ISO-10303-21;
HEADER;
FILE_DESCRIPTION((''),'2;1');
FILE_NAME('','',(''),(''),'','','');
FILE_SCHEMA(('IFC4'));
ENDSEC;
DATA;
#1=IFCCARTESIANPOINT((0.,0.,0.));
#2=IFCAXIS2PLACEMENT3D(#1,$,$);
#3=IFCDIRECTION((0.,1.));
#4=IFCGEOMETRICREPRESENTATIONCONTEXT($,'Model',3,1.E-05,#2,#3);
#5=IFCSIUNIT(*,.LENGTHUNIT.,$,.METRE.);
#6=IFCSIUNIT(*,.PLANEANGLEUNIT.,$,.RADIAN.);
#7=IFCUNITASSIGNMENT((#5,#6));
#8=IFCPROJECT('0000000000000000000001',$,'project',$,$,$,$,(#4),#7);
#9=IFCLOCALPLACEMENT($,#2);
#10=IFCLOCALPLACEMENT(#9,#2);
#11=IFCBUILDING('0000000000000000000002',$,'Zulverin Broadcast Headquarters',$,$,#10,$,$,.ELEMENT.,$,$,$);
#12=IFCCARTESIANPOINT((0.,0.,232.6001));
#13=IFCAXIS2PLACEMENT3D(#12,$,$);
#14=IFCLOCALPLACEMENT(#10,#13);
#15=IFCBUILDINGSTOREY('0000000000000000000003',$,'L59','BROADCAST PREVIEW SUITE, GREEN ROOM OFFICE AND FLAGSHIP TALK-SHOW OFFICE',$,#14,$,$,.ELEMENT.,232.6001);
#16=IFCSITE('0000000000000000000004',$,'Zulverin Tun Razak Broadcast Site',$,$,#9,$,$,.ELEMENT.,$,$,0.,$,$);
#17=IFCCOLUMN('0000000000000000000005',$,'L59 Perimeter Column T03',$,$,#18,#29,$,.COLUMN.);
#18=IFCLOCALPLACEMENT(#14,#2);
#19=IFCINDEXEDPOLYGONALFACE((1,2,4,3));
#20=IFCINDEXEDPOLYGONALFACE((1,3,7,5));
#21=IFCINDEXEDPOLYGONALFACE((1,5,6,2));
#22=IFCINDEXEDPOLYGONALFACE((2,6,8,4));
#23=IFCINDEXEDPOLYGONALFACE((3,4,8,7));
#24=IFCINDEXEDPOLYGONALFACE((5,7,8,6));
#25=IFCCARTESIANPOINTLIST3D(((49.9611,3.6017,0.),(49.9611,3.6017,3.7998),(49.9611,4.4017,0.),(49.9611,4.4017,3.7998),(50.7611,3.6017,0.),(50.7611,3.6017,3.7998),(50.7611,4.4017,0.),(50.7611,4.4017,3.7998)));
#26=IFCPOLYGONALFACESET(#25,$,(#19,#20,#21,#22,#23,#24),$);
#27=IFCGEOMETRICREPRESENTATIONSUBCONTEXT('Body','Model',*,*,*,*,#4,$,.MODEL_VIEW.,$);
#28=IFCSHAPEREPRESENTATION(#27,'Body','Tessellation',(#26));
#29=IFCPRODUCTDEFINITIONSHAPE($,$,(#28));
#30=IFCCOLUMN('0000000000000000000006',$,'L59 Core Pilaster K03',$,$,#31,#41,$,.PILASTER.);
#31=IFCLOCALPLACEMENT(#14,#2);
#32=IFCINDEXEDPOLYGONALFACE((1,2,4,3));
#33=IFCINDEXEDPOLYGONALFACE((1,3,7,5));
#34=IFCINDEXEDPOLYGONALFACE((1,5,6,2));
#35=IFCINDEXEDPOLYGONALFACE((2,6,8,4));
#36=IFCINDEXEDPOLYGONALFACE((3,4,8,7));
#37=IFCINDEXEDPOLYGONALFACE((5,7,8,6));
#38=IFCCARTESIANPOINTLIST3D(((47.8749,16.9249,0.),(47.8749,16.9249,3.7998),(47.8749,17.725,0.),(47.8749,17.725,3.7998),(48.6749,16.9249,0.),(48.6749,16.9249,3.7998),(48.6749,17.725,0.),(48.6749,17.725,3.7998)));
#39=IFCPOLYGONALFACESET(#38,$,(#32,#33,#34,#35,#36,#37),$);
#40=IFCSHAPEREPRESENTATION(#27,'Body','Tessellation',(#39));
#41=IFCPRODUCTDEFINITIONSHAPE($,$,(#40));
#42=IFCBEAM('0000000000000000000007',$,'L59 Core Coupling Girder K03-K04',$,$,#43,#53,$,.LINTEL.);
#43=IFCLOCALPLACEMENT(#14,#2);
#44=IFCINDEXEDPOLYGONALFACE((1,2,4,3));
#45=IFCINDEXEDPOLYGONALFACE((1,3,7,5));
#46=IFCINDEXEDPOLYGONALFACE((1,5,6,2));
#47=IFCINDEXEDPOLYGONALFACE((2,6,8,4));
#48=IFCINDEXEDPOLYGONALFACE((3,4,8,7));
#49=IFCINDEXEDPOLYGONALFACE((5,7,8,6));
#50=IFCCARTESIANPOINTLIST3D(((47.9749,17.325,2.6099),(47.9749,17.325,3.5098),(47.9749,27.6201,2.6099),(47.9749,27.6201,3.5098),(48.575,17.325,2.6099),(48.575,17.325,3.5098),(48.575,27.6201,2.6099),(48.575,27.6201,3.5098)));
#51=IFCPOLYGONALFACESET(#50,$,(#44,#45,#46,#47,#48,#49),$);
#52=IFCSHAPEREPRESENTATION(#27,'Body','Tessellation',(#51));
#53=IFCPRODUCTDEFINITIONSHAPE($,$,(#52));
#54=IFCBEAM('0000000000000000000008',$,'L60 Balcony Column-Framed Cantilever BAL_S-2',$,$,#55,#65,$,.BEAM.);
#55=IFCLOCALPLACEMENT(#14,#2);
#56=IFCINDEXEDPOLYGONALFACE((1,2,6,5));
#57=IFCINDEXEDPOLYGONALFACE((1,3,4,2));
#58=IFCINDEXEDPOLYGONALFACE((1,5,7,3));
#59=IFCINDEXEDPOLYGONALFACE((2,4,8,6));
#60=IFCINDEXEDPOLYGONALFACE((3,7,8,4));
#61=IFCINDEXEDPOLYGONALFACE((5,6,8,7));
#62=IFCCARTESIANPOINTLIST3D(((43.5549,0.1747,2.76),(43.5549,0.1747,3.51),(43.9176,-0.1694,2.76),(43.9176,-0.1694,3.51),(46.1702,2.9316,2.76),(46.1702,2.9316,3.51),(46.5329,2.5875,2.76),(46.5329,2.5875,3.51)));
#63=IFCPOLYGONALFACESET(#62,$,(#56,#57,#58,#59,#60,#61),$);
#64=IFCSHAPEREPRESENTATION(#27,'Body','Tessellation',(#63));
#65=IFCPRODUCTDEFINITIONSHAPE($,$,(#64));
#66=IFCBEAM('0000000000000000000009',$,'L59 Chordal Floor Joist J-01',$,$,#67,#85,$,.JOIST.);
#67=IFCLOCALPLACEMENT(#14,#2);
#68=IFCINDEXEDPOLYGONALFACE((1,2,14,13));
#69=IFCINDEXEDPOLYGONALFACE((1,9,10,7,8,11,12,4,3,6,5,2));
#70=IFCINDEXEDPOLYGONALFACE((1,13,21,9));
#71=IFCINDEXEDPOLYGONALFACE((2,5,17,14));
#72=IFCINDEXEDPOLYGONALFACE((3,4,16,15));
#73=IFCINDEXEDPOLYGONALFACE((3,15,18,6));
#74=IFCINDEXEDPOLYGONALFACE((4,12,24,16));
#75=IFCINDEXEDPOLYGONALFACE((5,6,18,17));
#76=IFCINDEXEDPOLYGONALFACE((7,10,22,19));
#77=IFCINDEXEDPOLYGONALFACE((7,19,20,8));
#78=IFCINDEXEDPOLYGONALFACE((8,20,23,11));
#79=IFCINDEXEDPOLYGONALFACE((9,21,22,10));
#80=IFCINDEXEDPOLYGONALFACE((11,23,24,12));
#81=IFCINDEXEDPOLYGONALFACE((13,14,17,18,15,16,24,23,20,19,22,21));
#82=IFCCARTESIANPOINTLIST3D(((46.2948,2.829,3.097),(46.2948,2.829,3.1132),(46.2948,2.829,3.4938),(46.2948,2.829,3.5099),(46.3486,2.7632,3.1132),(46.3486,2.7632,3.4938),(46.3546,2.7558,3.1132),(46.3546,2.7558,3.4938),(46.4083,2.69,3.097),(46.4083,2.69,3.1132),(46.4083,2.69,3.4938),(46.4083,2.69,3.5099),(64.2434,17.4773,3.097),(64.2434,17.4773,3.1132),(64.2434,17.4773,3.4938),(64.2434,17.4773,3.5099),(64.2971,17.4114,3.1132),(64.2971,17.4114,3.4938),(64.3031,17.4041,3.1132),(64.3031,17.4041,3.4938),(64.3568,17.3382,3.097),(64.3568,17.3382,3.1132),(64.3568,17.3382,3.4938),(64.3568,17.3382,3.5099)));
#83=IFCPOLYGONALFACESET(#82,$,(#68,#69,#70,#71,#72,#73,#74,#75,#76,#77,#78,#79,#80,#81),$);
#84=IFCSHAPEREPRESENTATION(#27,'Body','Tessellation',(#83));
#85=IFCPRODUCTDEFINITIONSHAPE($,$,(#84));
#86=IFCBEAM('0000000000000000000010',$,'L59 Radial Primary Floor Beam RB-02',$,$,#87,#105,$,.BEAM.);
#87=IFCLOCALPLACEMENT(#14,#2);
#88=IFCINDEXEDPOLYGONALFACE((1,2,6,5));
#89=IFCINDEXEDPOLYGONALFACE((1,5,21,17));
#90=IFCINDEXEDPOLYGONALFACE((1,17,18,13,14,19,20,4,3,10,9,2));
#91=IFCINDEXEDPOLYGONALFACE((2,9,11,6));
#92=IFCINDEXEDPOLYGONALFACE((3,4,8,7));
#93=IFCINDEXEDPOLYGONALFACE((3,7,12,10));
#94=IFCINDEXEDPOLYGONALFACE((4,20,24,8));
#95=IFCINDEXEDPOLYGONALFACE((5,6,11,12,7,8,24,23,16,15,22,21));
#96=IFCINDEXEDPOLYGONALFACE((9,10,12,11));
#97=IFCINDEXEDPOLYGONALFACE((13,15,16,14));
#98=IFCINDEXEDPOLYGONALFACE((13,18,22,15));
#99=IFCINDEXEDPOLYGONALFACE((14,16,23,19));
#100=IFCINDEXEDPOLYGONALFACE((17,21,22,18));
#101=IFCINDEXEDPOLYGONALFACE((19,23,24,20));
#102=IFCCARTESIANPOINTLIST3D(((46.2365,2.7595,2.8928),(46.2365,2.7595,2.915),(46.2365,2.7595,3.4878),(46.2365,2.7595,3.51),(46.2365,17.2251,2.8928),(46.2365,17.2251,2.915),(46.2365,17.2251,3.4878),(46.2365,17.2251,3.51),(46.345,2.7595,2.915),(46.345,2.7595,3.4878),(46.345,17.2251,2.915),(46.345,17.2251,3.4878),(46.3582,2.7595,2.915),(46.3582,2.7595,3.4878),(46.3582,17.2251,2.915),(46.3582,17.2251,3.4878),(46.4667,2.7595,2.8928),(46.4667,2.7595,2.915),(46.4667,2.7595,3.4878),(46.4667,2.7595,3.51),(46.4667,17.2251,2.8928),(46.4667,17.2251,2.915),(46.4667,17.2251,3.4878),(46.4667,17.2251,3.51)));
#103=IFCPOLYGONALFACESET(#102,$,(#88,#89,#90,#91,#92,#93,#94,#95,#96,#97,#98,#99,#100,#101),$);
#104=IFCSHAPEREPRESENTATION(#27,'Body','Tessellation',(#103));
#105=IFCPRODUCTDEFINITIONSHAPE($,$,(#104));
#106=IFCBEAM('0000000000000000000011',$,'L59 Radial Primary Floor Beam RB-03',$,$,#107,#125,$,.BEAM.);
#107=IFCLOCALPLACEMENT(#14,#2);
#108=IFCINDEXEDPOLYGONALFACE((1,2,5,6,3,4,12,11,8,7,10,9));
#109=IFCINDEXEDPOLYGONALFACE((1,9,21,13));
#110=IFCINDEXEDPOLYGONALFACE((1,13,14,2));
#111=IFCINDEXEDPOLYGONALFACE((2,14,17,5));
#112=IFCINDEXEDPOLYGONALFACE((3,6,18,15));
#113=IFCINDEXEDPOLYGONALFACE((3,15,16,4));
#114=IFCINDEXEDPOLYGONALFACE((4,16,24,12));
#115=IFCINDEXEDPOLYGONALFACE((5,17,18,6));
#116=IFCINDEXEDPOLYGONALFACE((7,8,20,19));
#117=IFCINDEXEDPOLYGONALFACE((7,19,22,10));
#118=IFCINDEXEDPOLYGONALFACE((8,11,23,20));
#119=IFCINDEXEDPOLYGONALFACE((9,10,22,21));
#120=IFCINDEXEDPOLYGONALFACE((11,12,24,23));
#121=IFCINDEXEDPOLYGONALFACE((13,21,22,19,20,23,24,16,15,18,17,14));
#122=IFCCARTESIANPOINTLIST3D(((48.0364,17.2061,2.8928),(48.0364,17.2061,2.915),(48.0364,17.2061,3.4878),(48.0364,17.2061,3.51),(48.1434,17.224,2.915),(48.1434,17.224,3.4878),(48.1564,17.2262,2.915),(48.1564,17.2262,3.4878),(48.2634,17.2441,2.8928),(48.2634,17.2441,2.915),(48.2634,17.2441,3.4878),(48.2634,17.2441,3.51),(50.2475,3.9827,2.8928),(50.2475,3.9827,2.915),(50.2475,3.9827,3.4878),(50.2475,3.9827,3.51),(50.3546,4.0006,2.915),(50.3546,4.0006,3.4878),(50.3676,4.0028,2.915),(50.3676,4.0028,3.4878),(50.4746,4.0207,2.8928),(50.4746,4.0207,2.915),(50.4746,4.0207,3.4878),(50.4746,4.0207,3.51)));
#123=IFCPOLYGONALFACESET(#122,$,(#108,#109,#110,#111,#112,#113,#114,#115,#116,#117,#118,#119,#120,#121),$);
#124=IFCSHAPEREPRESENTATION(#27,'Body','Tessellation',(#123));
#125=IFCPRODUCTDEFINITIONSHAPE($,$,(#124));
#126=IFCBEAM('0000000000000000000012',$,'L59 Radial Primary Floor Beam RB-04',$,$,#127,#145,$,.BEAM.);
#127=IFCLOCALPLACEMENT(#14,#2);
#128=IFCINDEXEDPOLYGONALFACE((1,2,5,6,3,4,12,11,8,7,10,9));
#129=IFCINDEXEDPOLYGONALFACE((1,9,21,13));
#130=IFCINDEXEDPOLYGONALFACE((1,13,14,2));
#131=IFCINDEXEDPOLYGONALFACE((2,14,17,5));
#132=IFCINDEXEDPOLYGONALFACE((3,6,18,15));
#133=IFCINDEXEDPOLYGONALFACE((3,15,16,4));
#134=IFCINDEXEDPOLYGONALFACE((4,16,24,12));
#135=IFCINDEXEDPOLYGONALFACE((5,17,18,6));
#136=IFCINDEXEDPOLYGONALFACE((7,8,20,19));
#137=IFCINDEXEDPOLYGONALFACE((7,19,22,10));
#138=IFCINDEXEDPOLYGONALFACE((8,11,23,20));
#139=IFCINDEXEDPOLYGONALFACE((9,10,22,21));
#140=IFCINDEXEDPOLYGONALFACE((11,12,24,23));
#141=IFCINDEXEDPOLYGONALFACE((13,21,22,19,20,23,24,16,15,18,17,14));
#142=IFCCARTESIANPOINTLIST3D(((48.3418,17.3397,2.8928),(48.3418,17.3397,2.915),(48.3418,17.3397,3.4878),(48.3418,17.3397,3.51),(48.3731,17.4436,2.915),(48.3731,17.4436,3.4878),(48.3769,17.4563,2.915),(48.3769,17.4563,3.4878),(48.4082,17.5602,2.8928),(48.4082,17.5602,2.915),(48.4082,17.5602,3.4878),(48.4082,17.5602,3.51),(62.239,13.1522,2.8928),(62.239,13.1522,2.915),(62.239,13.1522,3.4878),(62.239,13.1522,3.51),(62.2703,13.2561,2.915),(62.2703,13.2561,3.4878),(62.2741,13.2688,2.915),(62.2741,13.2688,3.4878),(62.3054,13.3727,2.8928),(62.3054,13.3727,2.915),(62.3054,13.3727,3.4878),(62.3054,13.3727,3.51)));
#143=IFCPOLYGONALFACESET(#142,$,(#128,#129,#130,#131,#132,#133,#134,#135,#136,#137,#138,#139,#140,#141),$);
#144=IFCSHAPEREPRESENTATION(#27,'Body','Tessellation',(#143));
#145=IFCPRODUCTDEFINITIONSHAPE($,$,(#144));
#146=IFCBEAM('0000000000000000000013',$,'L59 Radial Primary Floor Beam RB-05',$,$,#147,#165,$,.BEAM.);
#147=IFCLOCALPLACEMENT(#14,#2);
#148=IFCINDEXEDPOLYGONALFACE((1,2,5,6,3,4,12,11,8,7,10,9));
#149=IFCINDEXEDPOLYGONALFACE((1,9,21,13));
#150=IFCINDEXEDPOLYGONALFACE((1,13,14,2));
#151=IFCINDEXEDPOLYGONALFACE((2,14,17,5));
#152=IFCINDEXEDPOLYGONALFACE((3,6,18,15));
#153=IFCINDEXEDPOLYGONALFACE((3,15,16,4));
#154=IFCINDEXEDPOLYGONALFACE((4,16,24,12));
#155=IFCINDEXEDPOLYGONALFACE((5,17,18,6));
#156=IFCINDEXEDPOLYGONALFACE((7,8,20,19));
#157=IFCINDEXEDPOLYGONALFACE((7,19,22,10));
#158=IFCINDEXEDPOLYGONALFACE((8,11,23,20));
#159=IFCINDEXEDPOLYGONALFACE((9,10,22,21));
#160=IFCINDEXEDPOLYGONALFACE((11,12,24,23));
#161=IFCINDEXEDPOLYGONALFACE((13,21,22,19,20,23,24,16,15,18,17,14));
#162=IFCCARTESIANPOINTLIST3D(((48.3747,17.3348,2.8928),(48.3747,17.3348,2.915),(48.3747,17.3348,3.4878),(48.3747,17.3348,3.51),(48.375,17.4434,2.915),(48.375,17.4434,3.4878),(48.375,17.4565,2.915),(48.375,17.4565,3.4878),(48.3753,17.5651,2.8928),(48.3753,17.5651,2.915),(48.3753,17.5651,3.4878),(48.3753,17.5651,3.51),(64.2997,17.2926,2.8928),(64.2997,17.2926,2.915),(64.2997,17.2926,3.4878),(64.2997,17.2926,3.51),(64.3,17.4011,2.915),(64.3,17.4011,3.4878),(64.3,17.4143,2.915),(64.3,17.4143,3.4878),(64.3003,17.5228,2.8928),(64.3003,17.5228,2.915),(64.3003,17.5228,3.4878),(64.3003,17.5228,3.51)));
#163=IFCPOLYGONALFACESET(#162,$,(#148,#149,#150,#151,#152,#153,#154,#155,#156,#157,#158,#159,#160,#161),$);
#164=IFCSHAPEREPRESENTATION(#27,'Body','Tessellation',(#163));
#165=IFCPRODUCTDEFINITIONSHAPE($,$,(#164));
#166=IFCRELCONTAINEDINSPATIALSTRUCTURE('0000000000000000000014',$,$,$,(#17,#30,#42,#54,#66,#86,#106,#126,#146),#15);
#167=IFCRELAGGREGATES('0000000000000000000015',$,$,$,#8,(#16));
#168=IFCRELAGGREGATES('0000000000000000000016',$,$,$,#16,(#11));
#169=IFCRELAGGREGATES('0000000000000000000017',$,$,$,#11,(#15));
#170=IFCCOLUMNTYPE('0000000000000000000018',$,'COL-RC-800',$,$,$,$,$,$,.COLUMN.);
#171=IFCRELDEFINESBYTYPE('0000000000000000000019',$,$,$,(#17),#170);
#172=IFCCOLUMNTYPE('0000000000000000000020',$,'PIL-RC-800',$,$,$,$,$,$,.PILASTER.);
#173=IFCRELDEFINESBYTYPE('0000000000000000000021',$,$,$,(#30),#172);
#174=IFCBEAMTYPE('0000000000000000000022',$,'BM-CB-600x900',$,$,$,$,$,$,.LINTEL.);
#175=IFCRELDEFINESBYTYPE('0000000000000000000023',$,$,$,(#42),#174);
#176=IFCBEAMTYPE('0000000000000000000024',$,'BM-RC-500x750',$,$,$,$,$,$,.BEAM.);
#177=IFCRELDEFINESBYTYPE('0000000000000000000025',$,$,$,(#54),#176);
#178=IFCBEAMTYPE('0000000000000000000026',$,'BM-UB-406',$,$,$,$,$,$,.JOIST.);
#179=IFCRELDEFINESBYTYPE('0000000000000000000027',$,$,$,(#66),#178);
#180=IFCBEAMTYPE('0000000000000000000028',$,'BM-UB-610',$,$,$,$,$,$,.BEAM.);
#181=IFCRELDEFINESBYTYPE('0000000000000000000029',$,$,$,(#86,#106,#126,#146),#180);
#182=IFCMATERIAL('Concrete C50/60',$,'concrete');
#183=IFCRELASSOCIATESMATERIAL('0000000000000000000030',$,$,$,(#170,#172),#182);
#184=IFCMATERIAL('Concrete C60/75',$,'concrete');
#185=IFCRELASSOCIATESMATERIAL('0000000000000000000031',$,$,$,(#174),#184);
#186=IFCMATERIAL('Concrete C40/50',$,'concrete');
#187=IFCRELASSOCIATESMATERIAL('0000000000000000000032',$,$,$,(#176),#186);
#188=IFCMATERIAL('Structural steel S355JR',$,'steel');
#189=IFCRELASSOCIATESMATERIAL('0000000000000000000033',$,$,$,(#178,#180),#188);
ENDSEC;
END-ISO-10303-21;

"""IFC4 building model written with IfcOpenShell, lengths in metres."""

from ifc_helpers import new_model, si_unit, direction, frame, origin, origin_2d, place, context, subcontext, project, spatial, rectangle, i_section, extrude, material, material_profile, profile_set, type_object, element, save


model = new_model("IFC4")

# Units and contexts
model_context = context("Model", 3, precision=1e-05, world=origin(), true_north=direction((0.0, 1.0)))
body_context = subcontext(model_context, "Body", "Model", "MODEL_VIEW")
ifc_project = project(units=[si_unit("LENGTHUNIT", "METRE"), si_unit("PLANEANGLEUNIT", "RADIAN")], contexts=[model_context])

# Site, building, storey
site_placement = place(None, origin())
site = spatial("IfcSite", under=ifc_project, at=site_placement, Name="Zulverin Tun Razak Broadcast Site", CompositionType="ELEMENT", RefElevation=0.0)
building_placement = place(site_placement, origin())
building = spatial("IfcBuilding", under=site, at=building_placement, Name="Zulverin Broadcast Headquarters", CompositionType="ELEMENT")
storey_placement = place(building_placement, frame((0.0, 0.0, 232.6001)))
storey = spatial("IfcBuildingStorey", under=building, at=storey_placement, Name="L59", Description="BROADCAST PREVIEW SUITE, GREEN ROOM OFFICE AND FLAGSHIP TALK-SHOW OFFICE", CompositionType="ELEMENT", Elevation=232.6001)

# Columns
ifc_material_1 = material(Name="Concrete C50/60", Category="concrete")
ifc_material_profile_1 = material_profile(ifc_material_1, rectangle(XDim=0.8, YDim=0.8, at=origin_2d()), Name="Concrete C50/60", Category="concrete")
ifc_profile_set_1 = profile_set([ifc_material_profile_1], Name="Concrete C50/60")
column_type_1 = type_object("IfcColumnType", Name="COL-RC-800", PredefinedType="COLUMN", material=ifc_profile_set_1)
column_1_placement = place(storey_placement, frame((50.3611, 4.0017, 0.0), z_axis=(0.0, 0.0, 1.0), x_axis=(1.0, 0.0, 0.0)))
element("IfcColumn", 1, at=column_1_placement, inside=storey, type_object=column_type_1, Name="L59 Perimeter Column T03", PredefinedType="COLUMN", context=body_context, shape_type="SweptSolid", body=[
    extrude(rectangle(XDim=0.8, YDim=0.8, at=origin_2d()), origin(), (0.0, 0.0, 1.0), 3.7998),
])
ifc_material_profile_2 = material_profile(ifc_material_1, rectangle(XDim=0.8, YDim=0.8, at=origin_2d()), Name="Concrete C50/60", Category="concrete")
ifc_profile_set_2 = profile_set([ifc_material_profile_2], Name="Concrete C50/60")
column_type_2 = type_object("IfcColumnType", Name="PIL-RC-800", PredefinedType="PILASTER", material=ifc_profile_set_2)
column_2_placement = place(storey_placement, frame((48.2749, 17.325, 0.0), z_axis=(0.0, 0.0, 1.0), x_axis=(1.0, 0.0, 0.0)))
element("IfcColumn", 2, at=column_2_placement, inside=storey, type_object=column_type_2, Name="L59 Core Pilaster K03", PredefinedType="PILASTER", context=body_context, shape_type="SweptSolid", body=[
    extrude(rectangle(XDim=0.8, YDim=0.8, at=origin_2d()), origin(), (0.0, 0.0, 1.0), 3.7998),
])

# Beams
ifc_material_2 = material(Name="Concrete C60/75", Category="concrete")
ifc_material_profile_3 = material_profile(ifc_material_2, rectangle(XDim=0.6001, YDim=0.8999, at=origin_2d()), Name="Concrete C60/75", Category="concrete")
ifc_profile_set_3 = profile_set([ifc_material_profile_3], Name="Concrete C60/75")
beam_type_1 = type_object("IfcBeamType", Name="BM-CB-600x900", PredefinedType="LINTEL", material=ifc_profile_set_3)
beam_1_placement = place(storey_placement, frame((48.2749, 17.325, 3.0598), z_axis=(0.0, 1.0, 0.0), x_axis=(-1.0, 0.0, 0.0)))
element("IfcBeam", 3, at=beam_1_placement, inside=storey, type_object=beam_type_1, Name="L59 Core Coupling Girder K03-K04", PredefinedType="LINTEL", context=body_context, shape_type="SweptSolid", body=[
    extrude(rectangle(XDim=0.6001, YDim=0.8999, at=origin_2d()), origin(), (0.0, 0.0, 1.0), 10.2952),
])
ifc_material_3 = material(Name="Concrete C40/50", Category="concrete")
ifc_material_profile_4 = material_profile(ifc_material_3, rectangle(XDim=0.5, YDim=0.75, at=origin_2d()), Name="Concrete C40/50", Category="concrete")
ifc_profile_set_4 = profile_set([ifc_material_profile_4], Name="Concrete C40/50")
beam_type_2 = type_object("IfcBeamType", Name="BM-RC-500x750", PredefinedType="BEAM", material=ifc_profile_set_4)
beam_2_placement = place(storey_placement, frame((46.3516, 2.7595, 3.135), z_axis=(-0.688229, -0.725493, 0.0), x_axis=(0.725493, -0.688229, 0.0)))
element("IfcBeam", 4, at=beam_2_placement, inside=storey, type_object=beam_type_2, Name="L60 Balcony Column-Framed Cantilever BAL_S-2", PredefinedType="BEAM", context=body_context, shape_type="SweptSolid", body=[
    extrude(rectangle(XDim=0.5, YDim=0.75, at=origin_2d()), origin(), (0.0, 0.0, 1.0), 3.8),
])
ifc_material_4 = material(Name="Structural steel S355JR", Category="steel")
ifc_material_profile_5 = material_profile(ifc_material_4, i_section(OverallWidth=0.1794, OverallDepth=0.4128, WebThickness=0.0095, FlangeThickness=0.0161, at=origin_2d()), Name="Structural steel S355JR", Category="steel")
ifc_profile_set_5 = profile_set([ifc_material_profile_5], Name="Structural steel S355JR")
beam_type_3 = type_object("IfcBeamType", Name="BM-UB-406", PredefinedType="JOIST", material=ifc_profile_set_5)
beam_3_placement = place(storey_placement, frame((46.3516, 2.7595, 3.3035), z_axis=(0.774738, 0.632282, 0.0), x_axis=(-0.632282, 0.774738, 0.0)))
element("IfcBeam", 5, at=beam_3_placement, inside=storey, type_object=beam_type_3, Name="L59 Chordal Floor Joist J-01", PredefinedType="JOIST", context=body_context, shape_type="SweptSolid", body=[
    extrude(i_section(OverallWidth=0.1794, OverallDepth=0.4128, WebThickness=0.0095, FlangeThickness=0.0161, at=origin_2d()), origin(), (0.0, 0.0, 1.0), 23.1672),
])
ifc_material_profile_6 = material_profile(ifc_material_4, i_section(OverallWidth=0.2302, OverallDepth=0.6172, WebThickness=0.0132, FlangeThickness=0.0222, at=origin_2d()), Name="Structural steel S355JR", Category="steel")
ifc_profile_set_6 = profile_set([ifc_material_profile_6], Name="Structural steel S355JR")
beam_type_4 = type_object("IfcBeamType", Name="BM-UB-610", PredefinedType="BEAM", material=ifc_profile_set_6)
beam_4_placement = place(storey_placement, frame((46.3516, 17.2251, 3.2014), z_axis=(0.0, -1.0, 0.0), x_axis=(1.0, 0.0, 0.0)))
element("IfcBeam", 6, at=beam_4_placement, inside=storey, type_object=beam_type_4, Name="L59 Radial Primary Floor Beam RB-02", PredefinedType="BEAM", context=body_context, shape_type="SweptSolid", body=[
    extrude(i_section(OverallWidth=0.2302, OverallDepth=0.6172, WebThickness=0.0132, FlangeThickness=0.0222, at=origin_2d()), origin(), (0.0, 0.0, 1.0), 14.4656),
])
beam_5_placement = place(storey_placement, frame((48.1499, 17.2251, 3.2014), z_axis=(0.164928, -0.986306, 0.0), x_axis=(0.986306, 0.164928, 0.0)))
element("IfcBeam", 7, at=beam_5_placement, inside=storey, type_object=beam_type_4, Name="L59 Radial Primary Floor Beam RB-03", PredefinedType="BEAM", context=body_context, shape_type="SweptSolid", body=[
    extrude(i_section(OverallWidth=0.2302, OverallDepth=0.6172, WebThickness=0.0132, FlangeThickness=0.0222, at=origin_2d()), origin(), (0.0, 0.0, 1.0), 13.407),
])
beam_6_placement = place(storey_placement, frame((48.375, 17.45, 3.2014), z_axis=(0.957478, -0.288507, 0.0), x_axis=(0.288507, 0.957478, 0.0)))
element("IfcBeam", 8, at=beam_6_placement, inside=storey, type_object=beam_type_4, Name="L59 Radial Primary Floor Beam RB-04", PredefinedType="BEAM", context=body_context, shape_type="SweptSolid", body=[
    extrude(i_section(OverallWidth=0.2302, OverallDepth=0.6172, WebThickness=0.0132, FlangeThickness=0.0222, at=origin_2d()), origin(), (0.0, 0.0, 1.0), 14.5144),
])
beam_7_placement = place(storey_placement, frame((48.375, 17.45, 3.2014), z_axis=(0.999996, -0.002652, 0.0), x_axis=(0.002652, 0.999996, 0.0)))
element("IfcBeam", 9, at=beam_7_placement, inside=storey, type_object=beam_type_4, Name="L59 Radial Primary Floor Beam RB-05", PredefinedType="BEAM", context=body_context, shape_type="SweptSolid", body=[
    extrude(i_section(OverallWidth=0.2302, OverallDepth=0.6172, WebThickness=0.0132, FlangeThickness=0.0222, at=origin_2d()), origin(), (0.0, 0.0, 1.0), 15.925),
])

save(model, "model.ifc")
